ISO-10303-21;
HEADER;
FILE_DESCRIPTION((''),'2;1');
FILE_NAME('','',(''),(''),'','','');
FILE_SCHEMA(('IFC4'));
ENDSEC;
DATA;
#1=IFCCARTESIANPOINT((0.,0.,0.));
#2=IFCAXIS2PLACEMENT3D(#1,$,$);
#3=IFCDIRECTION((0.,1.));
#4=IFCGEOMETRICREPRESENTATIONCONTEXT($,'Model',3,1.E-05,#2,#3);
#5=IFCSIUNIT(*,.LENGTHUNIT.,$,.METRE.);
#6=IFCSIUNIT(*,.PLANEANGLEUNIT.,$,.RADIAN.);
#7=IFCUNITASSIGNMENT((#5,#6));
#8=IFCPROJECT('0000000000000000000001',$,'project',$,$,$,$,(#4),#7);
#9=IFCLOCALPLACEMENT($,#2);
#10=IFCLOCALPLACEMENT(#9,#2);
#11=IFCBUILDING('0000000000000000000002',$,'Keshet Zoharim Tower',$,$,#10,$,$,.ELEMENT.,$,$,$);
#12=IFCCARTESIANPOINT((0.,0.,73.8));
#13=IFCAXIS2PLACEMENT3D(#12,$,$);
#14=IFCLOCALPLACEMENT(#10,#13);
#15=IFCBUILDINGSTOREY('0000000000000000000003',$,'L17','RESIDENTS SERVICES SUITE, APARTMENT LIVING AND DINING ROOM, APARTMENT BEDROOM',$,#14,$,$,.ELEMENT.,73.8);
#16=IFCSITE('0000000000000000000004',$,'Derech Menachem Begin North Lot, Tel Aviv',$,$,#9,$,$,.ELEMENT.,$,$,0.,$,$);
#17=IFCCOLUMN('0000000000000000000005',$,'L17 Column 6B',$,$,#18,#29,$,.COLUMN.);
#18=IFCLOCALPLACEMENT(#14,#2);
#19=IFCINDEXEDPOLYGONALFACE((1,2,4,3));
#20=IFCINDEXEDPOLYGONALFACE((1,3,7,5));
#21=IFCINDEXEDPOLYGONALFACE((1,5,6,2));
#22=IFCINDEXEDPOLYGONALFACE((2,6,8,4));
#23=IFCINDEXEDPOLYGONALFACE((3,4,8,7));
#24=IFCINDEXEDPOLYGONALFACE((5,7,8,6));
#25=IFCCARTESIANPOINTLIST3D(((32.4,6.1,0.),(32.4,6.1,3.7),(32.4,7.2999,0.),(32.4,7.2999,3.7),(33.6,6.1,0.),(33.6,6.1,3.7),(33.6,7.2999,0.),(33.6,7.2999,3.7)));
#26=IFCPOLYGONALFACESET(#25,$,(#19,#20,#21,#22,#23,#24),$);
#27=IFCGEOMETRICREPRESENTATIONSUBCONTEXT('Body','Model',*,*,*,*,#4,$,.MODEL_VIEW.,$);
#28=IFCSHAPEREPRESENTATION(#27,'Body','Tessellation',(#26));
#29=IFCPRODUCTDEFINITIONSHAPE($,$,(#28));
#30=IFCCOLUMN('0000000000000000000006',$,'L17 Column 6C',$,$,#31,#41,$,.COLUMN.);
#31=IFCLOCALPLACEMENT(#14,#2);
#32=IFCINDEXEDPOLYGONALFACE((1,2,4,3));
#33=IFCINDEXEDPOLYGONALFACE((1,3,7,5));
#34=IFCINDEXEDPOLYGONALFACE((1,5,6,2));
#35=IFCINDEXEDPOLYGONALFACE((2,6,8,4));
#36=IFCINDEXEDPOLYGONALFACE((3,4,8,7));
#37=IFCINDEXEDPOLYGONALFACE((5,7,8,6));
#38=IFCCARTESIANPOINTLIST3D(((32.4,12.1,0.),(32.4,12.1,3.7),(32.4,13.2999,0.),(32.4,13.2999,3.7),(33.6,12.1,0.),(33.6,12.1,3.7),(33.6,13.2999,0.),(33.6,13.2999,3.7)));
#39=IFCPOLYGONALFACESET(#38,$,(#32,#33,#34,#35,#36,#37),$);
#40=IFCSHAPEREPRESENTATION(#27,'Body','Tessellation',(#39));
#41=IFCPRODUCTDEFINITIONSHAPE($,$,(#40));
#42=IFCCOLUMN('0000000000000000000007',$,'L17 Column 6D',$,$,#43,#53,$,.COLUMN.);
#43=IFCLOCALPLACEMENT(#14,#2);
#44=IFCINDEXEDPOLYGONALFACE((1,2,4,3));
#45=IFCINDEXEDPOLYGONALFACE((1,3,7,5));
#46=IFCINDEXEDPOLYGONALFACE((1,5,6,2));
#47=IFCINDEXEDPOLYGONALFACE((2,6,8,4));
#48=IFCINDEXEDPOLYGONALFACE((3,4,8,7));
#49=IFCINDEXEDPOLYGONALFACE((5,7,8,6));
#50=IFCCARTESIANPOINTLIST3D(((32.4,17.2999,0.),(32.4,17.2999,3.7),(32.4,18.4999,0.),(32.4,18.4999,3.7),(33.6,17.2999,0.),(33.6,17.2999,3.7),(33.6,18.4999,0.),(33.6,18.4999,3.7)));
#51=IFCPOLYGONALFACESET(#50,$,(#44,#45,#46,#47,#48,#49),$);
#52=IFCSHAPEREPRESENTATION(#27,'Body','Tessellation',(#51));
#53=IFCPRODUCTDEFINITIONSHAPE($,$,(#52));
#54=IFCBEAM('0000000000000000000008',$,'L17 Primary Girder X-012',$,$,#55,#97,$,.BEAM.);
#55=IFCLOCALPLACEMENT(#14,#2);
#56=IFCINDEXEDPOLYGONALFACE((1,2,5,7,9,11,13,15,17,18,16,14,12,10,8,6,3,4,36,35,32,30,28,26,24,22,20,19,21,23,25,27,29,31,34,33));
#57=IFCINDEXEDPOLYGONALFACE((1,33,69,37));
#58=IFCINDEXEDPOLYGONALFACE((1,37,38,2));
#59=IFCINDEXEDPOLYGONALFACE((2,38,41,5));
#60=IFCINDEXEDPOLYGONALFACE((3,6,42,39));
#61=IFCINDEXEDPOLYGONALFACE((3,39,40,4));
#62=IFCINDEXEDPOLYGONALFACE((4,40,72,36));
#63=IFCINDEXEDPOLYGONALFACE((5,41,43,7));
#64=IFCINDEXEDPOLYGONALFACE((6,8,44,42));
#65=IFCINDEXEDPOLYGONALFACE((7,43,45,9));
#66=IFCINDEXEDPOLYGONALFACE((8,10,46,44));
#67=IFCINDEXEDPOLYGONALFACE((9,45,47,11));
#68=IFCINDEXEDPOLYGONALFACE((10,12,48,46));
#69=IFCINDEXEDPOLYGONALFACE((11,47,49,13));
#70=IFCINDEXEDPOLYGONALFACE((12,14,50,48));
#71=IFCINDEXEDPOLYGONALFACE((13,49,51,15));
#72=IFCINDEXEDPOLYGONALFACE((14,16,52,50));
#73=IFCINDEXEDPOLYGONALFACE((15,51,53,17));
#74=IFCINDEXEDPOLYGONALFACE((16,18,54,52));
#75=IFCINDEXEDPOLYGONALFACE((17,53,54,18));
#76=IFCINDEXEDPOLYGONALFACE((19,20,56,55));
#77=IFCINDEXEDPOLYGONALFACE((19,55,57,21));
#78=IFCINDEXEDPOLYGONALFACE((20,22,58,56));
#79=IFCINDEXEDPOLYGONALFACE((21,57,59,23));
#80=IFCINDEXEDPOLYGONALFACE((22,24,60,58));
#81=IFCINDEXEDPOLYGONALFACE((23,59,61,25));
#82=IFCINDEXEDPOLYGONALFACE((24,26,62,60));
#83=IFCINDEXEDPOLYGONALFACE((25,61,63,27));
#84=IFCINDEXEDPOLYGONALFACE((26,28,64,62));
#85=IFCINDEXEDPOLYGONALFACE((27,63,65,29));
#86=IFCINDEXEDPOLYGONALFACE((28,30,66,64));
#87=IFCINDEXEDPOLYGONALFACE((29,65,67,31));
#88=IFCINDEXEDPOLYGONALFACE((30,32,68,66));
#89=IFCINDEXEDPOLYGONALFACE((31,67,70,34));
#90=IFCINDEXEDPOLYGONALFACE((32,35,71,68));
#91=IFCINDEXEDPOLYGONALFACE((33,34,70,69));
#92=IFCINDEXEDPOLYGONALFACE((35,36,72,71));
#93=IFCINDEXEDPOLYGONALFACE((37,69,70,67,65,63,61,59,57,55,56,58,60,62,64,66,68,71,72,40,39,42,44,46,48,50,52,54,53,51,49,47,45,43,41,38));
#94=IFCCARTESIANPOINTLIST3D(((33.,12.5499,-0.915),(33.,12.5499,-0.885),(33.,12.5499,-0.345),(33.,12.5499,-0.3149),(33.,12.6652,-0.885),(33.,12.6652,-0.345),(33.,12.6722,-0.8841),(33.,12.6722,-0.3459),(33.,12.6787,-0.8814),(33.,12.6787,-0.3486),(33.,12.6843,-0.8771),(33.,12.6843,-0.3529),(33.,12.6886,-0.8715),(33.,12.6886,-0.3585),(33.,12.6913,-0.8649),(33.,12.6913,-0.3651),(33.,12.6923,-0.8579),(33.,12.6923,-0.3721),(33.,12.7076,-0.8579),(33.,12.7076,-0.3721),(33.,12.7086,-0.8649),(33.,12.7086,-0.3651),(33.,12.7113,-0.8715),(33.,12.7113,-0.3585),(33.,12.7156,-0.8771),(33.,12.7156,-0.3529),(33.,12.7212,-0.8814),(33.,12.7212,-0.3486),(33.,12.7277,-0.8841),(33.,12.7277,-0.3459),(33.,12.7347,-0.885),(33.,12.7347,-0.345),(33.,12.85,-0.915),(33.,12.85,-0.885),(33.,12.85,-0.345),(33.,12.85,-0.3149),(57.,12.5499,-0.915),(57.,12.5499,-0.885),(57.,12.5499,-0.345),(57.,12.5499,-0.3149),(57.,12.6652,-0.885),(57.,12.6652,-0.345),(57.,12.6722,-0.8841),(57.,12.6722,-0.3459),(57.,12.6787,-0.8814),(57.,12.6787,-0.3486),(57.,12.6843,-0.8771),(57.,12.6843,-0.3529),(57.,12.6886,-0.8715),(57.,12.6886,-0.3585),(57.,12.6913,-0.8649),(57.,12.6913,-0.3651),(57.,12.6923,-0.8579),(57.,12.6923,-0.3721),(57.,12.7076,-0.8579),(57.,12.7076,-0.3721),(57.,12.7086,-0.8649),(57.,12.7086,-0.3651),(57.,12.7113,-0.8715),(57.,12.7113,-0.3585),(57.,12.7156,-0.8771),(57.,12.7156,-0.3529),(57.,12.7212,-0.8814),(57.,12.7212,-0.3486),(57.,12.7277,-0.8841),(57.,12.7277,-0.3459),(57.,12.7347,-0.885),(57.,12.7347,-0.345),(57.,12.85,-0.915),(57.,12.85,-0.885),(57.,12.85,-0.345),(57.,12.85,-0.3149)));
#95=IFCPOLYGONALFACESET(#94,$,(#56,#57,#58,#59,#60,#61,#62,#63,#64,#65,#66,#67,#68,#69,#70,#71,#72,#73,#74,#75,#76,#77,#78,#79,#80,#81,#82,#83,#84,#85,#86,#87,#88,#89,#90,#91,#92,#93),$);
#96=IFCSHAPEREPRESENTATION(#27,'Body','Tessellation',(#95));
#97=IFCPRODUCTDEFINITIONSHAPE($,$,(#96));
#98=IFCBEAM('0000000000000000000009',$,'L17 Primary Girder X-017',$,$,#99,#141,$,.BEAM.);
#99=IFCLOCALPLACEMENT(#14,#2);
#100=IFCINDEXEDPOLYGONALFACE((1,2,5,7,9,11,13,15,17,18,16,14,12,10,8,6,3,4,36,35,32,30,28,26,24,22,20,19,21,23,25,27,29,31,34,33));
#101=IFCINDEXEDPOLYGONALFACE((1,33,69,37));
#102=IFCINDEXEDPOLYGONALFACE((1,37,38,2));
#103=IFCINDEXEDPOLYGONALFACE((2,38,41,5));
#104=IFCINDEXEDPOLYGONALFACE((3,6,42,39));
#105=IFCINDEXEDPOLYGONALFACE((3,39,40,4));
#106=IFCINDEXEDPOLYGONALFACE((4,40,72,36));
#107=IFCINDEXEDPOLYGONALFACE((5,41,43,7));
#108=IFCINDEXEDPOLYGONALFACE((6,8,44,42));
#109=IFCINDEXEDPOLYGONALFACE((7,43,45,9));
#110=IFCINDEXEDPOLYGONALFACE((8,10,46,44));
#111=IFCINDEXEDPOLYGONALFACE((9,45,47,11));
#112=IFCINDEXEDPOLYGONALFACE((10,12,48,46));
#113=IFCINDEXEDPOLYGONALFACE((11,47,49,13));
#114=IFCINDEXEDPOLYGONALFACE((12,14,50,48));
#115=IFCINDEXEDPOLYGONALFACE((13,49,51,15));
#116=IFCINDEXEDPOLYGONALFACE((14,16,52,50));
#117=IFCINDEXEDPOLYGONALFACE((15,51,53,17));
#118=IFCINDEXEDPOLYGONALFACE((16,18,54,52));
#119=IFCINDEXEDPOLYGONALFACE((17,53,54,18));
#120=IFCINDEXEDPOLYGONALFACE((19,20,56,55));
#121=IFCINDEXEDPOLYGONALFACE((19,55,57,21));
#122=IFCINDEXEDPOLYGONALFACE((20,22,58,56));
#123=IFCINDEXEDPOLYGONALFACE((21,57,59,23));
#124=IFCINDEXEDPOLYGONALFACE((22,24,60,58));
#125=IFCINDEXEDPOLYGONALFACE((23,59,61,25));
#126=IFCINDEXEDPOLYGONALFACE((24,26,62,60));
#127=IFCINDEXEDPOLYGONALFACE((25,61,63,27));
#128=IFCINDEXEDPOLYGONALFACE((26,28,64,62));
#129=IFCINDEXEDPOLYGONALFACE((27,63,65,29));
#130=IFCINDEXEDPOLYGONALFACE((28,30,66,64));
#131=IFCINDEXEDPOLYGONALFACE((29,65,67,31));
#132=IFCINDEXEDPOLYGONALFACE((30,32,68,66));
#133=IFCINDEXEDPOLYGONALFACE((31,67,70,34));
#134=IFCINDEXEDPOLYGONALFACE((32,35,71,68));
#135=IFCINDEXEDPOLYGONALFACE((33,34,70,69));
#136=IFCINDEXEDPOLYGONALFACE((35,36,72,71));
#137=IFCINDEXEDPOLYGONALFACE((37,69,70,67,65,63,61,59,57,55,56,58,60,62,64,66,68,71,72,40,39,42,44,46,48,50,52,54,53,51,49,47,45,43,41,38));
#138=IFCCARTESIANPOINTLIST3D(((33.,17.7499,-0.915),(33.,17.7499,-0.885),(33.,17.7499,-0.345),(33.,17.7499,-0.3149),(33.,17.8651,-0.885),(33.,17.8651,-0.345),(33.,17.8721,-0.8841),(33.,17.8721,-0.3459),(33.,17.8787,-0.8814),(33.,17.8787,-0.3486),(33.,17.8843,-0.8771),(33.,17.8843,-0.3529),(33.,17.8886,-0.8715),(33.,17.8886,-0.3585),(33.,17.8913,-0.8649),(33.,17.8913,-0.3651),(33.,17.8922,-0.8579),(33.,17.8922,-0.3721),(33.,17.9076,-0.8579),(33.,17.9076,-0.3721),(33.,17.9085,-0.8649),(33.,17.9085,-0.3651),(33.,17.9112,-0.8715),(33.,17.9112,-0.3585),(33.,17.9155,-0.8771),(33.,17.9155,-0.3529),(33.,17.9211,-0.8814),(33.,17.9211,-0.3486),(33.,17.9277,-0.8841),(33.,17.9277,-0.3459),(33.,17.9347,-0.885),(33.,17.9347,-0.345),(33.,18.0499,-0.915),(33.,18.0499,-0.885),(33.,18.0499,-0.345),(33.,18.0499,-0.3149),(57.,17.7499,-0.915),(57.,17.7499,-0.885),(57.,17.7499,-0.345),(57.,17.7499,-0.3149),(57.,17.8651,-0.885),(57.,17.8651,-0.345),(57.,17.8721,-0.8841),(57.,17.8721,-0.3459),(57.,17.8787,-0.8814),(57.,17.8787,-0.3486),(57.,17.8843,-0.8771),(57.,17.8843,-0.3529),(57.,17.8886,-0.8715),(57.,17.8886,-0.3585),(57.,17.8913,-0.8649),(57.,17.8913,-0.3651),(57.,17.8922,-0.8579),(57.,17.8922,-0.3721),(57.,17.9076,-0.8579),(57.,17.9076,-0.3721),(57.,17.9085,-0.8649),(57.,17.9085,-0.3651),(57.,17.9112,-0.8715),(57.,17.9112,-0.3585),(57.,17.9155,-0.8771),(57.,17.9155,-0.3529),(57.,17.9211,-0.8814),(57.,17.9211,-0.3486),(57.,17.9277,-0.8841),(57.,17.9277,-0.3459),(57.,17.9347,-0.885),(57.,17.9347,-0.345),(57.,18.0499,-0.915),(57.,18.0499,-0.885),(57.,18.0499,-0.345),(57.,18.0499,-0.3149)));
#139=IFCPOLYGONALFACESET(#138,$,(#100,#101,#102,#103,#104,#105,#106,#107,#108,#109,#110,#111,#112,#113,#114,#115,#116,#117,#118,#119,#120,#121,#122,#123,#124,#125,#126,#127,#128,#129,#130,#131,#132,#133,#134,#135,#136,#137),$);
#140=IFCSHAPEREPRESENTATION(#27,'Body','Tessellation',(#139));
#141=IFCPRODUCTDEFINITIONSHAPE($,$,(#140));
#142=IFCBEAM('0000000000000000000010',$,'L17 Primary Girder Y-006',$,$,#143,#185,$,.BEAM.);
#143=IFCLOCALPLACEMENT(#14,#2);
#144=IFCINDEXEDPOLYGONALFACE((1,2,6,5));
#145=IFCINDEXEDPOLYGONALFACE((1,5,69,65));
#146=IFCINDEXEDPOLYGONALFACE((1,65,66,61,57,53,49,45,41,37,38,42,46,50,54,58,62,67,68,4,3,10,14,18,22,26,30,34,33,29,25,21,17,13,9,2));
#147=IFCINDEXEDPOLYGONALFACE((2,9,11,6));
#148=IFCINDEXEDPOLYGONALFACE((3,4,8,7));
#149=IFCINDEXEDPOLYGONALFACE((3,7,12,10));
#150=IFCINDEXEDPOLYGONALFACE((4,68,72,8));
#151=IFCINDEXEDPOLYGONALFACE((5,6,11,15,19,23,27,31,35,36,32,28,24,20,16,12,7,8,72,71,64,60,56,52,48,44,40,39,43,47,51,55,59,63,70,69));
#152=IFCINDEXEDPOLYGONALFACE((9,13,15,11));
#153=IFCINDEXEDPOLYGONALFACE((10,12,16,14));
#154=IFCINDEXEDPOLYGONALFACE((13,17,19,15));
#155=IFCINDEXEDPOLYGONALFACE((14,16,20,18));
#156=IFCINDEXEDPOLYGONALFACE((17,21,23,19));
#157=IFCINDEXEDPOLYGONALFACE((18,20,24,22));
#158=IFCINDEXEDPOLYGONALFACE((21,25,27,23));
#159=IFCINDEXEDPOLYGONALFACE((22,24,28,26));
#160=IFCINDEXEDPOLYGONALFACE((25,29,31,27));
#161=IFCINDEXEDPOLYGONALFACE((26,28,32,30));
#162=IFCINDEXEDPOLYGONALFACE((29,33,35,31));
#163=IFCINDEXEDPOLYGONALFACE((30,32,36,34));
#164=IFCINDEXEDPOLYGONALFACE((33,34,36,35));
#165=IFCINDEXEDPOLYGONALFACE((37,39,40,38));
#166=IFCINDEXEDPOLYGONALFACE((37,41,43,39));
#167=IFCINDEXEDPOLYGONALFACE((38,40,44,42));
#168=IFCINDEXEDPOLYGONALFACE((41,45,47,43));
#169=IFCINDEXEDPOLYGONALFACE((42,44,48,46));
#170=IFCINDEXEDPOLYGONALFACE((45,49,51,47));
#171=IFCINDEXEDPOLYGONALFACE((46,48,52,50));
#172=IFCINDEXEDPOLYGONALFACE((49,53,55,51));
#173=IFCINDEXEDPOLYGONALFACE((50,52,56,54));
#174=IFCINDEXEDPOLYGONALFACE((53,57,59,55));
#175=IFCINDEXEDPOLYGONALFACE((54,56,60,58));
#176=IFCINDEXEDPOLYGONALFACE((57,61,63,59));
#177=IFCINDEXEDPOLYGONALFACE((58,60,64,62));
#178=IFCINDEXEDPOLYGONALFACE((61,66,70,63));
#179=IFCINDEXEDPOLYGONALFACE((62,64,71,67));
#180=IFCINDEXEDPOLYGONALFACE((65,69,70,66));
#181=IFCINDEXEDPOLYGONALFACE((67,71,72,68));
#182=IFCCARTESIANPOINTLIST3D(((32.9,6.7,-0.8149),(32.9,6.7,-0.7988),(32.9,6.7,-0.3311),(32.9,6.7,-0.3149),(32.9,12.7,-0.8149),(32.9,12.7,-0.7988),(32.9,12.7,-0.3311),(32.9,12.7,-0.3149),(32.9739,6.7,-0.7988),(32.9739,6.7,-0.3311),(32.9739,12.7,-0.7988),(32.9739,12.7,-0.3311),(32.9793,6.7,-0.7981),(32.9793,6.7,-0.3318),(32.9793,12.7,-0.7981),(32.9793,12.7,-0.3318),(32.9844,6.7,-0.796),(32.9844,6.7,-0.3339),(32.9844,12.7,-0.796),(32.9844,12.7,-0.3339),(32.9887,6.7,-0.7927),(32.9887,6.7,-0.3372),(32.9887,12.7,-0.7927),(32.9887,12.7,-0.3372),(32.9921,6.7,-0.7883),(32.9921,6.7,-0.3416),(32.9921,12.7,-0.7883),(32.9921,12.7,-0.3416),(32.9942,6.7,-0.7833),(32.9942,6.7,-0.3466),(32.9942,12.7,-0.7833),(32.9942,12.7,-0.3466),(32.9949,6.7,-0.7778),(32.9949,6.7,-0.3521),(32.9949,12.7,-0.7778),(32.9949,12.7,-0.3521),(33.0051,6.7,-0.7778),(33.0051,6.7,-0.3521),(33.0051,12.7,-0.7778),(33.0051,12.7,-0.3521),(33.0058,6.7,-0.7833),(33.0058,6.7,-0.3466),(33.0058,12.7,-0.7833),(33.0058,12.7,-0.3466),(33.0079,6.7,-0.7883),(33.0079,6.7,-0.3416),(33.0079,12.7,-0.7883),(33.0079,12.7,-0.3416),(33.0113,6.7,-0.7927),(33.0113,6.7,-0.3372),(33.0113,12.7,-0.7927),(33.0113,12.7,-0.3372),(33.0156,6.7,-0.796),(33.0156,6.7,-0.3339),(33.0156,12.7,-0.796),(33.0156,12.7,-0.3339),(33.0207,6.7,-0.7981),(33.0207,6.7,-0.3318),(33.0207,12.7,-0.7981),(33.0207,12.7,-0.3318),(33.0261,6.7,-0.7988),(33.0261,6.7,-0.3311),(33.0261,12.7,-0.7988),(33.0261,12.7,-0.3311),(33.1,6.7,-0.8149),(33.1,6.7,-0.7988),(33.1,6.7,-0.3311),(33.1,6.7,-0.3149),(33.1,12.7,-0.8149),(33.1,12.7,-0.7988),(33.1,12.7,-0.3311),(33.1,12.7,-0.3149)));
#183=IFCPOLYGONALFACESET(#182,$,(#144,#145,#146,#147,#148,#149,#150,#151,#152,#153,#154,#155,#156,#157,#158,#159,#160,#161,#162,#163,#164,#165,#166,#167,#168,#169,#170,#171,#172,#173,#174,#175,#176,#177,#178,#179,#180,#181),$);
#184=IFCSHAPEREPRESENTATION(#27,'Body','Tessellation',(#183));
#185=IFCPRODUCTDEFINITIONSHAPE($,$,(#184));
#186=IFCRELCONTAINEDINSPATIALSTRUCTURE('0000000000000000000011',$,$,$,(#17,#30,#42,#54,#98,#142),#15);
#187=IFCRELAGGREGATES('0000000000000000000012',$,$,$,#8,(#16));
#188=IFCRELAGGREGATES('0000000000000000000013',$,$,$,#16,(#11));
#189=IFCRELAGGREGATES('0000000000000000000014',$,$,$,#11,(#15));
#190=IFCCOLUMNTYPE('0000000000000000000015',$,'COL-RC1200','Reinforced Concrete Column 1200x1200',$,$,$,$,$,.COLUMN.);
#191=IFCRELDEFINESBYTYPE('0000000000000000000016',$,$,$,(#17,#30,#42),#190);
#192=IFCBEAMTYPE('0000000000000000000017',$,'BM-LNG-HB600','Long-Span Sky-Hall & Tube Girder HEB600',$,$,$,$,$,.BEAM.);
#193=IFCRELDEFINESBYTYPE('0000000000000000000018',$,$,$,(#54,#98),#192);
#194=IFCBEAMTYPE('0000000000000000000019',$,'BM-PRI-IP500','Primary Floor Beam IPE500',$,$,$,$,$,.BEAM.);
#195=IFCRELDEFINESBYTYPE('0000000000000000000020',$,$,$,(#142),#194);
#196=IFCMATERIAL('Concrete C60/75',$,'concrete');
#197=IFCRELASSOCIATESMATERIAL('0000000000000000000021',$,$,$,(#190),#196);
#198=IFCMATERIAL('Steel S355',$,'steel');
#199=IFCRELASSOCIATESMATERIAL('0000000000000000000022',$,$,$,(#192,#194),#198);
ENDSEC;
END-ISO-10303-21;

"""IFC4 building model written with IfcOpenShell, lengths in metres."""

from ifc_helpers import new_model, si_unit, direction, frame, origin, origin_2d, place, context, subcontext, project, spatial, rectangle, i_section, extrude, material, material_profile, profile_set, type_object, element, save


model = new_model("IFC4")

# Units and contexts
model_context = context("Model", 3, precision=1e-05, world=origin(), true_north=direction((0.0, 1.0)))
body_context = subcontext(model_context, "Body", "Model", "MODEL_VIEW")
ifc_project = project(units=[si_unit("LENGTHUNIT", "METRE"), si_unit("PLANEANGLEUNIT", "RADIAN")], contexts=[model_context])

# Site, building, storey
site_placement = place(None, origin())
site = spatial("IfcSite", under=ifc_project, at=site_placement, Name="Derech Menachem Begin North Lot, Tel Aviv", CompositionType="ELEMENT", RefElevation=0.0)
building_placement = place(site_placement, origin())
building = spatial("IfcBuilding", under=site, at=building_placement, Name="Keshet Zoharim Tower", CompositionType="ELEMENT")
storey_placement = place(building_placement, frame((0.0, 0.0, 73.8)))
storey = spatial("IfcBuildingStorey", under=building, at=storey_placement, Name="L17", Description="RESIDENTS SERVICES SUITE, APARTMENT LIVING AND DINING ROOM, APARTMENT BEDROOM", CompositionType="ELEMENT", Elevation=73.8)

# Columns
ifc_material_1 = material(Name="Concrete C60/75", Category="concrete")
ifc_material_profile_1 = material_profile(ifc_material_1, rectangle(XDim=1.2, YDim=1.2, at=origin_2d()), Name="RC1200x1200")
ifc_profile_set_1 = profile_set([ifc_material_profile_1], Name="Concrete C60/75")
column_type = type_object("IfcColumnType", Name="COL-RC1200", Description="Reinforced Concrete Column 1200x1200", PredefinedType="COLUMN", material=ifc_profile_set_1)
for number, where, z_axis, x_axis, name in (
    (1, (33.0, 6.7, 0.0), (0.0, 0.0, 1.0), (1.0, 0.0, 0.0), "L17 Column 6B"),
    (2, (33.0, 12.7, 0.0), (0.0, 0.0, 1.0), (1.0, 0.0, 0.0), "L17 Column 6C"),
    (3, (33.0, 17.8999, 0.0), (0.0, 0.0, 1.0), (1.0, 0.0, 0.0), "L17 Column 6D"),
):
    element("IfcColumn", number, at=place(storey_placement, frame(where, z_axis=z_axis, x_axis=x_axis)), inside=storey, type_object=column_type, Name=name, PredefinedType="COLUMN", context=body_context, shape_type="SweptSolid", body=[
        extrude(rectangle(XDim=1.2, YDim=1.2, at=origin_2d()), origin(), (0.0, 0.0, 1.0), 3.7),
    ])

# Beams
ifc_material_2 = material(Name="Steel S355", Category="steel")
ifc_material_profile_2 = material_profile(ifc_material_2, i_section(OverallWidth=0.3, OverallDepth=0.6001, WebThickness=0.0154, FlangeThickness=0.03, FilletRadius=0.0271, at=origin_2d()), Name="HEB600")
ifc_profile_set_2 = profile_set([ifc_material_profile_2], Name="Steel S355")
beam_type_1 = type_object("IfcBeamType", Name="BM-LNG-HB600", Description="Long-Span Sky-Hall & Tube Girder HEB600", PredefinedType="BEAM", material=ifc_profile_set_2)
for number, where, z_axis, x_axis, name in (
    (4, (33.0, 12.7, -0.615), (1.0, 0.0, 0.0), (0.0, 1.0, 0.0), "L17 Primary Girder X-012"),
    (5, (33.0, 17.8999, -0.615), (1.0, 0.0, 0.0), (0.0, 1.0, 0.0), "L17 Primary Girder X-017"),
):
    element("IfcBeam", number, at=place(storey_placement, frame(where, z_axis=z_axis, x_axis=x_axis)), inside=storey, type_object=beam_type_1, Name=name, PredefinedType="BEAM", context=body_context, shape_type="SweptSolid", body=[
        extrude(i_section(OverallWidth=0.3, OverallDepth=0.6001, WebThickness=0.0154, FlangeThickness=0.03, FilletRadius=0.0271, at=origin_2d()), origin(), (0.0, 0.0, 1.0), 24.0),
    ])
ifc_material_profile_3 = material_profile(ifc_material_2, i_section(OverallWidth=0.2, OverallDepth=0.5, WebThickness=0.0103, FlangeThickness=0.0161, FilletRadius=0.021, at=origin_2d()), Name="IPE500")
ifc_profile_set_3 = profile_set([ifc_material_profile_3], Name="Steel S355")
beam_type_2 = type_object("IfcBeamType", Name="BM-PRI-IP500", Description="Primary Floor Beam IPE500", PredefinedType="BEAM", material=ifc_profile_set_3)
beam_1_placement = place(storey_placement, frame((33.0, 6.7, -0.5649), z_axis=(0.0, 1.0, 0.0), x_axis=(-1.0, 0.0, 0.0)))
element("IfcBeam", 6, at=beam_1_placement, inside=storey, type_object=beam_type_2, Name="L17 Primary Girder Y-006", PredefinedType="BEAM", context=body_context, shape_type="SweptSolid", body=[
    extrude(i_section(OverallWidth=0.2, OverallDepth=0.5, WebThickness=0.0103, FlangeThickness=0.0161, FilletRadius=0.021, at=origin_2d()), origin(), (0.0, 0.0, 1.0), 6.0),
])

save(model, "model.ifc")
